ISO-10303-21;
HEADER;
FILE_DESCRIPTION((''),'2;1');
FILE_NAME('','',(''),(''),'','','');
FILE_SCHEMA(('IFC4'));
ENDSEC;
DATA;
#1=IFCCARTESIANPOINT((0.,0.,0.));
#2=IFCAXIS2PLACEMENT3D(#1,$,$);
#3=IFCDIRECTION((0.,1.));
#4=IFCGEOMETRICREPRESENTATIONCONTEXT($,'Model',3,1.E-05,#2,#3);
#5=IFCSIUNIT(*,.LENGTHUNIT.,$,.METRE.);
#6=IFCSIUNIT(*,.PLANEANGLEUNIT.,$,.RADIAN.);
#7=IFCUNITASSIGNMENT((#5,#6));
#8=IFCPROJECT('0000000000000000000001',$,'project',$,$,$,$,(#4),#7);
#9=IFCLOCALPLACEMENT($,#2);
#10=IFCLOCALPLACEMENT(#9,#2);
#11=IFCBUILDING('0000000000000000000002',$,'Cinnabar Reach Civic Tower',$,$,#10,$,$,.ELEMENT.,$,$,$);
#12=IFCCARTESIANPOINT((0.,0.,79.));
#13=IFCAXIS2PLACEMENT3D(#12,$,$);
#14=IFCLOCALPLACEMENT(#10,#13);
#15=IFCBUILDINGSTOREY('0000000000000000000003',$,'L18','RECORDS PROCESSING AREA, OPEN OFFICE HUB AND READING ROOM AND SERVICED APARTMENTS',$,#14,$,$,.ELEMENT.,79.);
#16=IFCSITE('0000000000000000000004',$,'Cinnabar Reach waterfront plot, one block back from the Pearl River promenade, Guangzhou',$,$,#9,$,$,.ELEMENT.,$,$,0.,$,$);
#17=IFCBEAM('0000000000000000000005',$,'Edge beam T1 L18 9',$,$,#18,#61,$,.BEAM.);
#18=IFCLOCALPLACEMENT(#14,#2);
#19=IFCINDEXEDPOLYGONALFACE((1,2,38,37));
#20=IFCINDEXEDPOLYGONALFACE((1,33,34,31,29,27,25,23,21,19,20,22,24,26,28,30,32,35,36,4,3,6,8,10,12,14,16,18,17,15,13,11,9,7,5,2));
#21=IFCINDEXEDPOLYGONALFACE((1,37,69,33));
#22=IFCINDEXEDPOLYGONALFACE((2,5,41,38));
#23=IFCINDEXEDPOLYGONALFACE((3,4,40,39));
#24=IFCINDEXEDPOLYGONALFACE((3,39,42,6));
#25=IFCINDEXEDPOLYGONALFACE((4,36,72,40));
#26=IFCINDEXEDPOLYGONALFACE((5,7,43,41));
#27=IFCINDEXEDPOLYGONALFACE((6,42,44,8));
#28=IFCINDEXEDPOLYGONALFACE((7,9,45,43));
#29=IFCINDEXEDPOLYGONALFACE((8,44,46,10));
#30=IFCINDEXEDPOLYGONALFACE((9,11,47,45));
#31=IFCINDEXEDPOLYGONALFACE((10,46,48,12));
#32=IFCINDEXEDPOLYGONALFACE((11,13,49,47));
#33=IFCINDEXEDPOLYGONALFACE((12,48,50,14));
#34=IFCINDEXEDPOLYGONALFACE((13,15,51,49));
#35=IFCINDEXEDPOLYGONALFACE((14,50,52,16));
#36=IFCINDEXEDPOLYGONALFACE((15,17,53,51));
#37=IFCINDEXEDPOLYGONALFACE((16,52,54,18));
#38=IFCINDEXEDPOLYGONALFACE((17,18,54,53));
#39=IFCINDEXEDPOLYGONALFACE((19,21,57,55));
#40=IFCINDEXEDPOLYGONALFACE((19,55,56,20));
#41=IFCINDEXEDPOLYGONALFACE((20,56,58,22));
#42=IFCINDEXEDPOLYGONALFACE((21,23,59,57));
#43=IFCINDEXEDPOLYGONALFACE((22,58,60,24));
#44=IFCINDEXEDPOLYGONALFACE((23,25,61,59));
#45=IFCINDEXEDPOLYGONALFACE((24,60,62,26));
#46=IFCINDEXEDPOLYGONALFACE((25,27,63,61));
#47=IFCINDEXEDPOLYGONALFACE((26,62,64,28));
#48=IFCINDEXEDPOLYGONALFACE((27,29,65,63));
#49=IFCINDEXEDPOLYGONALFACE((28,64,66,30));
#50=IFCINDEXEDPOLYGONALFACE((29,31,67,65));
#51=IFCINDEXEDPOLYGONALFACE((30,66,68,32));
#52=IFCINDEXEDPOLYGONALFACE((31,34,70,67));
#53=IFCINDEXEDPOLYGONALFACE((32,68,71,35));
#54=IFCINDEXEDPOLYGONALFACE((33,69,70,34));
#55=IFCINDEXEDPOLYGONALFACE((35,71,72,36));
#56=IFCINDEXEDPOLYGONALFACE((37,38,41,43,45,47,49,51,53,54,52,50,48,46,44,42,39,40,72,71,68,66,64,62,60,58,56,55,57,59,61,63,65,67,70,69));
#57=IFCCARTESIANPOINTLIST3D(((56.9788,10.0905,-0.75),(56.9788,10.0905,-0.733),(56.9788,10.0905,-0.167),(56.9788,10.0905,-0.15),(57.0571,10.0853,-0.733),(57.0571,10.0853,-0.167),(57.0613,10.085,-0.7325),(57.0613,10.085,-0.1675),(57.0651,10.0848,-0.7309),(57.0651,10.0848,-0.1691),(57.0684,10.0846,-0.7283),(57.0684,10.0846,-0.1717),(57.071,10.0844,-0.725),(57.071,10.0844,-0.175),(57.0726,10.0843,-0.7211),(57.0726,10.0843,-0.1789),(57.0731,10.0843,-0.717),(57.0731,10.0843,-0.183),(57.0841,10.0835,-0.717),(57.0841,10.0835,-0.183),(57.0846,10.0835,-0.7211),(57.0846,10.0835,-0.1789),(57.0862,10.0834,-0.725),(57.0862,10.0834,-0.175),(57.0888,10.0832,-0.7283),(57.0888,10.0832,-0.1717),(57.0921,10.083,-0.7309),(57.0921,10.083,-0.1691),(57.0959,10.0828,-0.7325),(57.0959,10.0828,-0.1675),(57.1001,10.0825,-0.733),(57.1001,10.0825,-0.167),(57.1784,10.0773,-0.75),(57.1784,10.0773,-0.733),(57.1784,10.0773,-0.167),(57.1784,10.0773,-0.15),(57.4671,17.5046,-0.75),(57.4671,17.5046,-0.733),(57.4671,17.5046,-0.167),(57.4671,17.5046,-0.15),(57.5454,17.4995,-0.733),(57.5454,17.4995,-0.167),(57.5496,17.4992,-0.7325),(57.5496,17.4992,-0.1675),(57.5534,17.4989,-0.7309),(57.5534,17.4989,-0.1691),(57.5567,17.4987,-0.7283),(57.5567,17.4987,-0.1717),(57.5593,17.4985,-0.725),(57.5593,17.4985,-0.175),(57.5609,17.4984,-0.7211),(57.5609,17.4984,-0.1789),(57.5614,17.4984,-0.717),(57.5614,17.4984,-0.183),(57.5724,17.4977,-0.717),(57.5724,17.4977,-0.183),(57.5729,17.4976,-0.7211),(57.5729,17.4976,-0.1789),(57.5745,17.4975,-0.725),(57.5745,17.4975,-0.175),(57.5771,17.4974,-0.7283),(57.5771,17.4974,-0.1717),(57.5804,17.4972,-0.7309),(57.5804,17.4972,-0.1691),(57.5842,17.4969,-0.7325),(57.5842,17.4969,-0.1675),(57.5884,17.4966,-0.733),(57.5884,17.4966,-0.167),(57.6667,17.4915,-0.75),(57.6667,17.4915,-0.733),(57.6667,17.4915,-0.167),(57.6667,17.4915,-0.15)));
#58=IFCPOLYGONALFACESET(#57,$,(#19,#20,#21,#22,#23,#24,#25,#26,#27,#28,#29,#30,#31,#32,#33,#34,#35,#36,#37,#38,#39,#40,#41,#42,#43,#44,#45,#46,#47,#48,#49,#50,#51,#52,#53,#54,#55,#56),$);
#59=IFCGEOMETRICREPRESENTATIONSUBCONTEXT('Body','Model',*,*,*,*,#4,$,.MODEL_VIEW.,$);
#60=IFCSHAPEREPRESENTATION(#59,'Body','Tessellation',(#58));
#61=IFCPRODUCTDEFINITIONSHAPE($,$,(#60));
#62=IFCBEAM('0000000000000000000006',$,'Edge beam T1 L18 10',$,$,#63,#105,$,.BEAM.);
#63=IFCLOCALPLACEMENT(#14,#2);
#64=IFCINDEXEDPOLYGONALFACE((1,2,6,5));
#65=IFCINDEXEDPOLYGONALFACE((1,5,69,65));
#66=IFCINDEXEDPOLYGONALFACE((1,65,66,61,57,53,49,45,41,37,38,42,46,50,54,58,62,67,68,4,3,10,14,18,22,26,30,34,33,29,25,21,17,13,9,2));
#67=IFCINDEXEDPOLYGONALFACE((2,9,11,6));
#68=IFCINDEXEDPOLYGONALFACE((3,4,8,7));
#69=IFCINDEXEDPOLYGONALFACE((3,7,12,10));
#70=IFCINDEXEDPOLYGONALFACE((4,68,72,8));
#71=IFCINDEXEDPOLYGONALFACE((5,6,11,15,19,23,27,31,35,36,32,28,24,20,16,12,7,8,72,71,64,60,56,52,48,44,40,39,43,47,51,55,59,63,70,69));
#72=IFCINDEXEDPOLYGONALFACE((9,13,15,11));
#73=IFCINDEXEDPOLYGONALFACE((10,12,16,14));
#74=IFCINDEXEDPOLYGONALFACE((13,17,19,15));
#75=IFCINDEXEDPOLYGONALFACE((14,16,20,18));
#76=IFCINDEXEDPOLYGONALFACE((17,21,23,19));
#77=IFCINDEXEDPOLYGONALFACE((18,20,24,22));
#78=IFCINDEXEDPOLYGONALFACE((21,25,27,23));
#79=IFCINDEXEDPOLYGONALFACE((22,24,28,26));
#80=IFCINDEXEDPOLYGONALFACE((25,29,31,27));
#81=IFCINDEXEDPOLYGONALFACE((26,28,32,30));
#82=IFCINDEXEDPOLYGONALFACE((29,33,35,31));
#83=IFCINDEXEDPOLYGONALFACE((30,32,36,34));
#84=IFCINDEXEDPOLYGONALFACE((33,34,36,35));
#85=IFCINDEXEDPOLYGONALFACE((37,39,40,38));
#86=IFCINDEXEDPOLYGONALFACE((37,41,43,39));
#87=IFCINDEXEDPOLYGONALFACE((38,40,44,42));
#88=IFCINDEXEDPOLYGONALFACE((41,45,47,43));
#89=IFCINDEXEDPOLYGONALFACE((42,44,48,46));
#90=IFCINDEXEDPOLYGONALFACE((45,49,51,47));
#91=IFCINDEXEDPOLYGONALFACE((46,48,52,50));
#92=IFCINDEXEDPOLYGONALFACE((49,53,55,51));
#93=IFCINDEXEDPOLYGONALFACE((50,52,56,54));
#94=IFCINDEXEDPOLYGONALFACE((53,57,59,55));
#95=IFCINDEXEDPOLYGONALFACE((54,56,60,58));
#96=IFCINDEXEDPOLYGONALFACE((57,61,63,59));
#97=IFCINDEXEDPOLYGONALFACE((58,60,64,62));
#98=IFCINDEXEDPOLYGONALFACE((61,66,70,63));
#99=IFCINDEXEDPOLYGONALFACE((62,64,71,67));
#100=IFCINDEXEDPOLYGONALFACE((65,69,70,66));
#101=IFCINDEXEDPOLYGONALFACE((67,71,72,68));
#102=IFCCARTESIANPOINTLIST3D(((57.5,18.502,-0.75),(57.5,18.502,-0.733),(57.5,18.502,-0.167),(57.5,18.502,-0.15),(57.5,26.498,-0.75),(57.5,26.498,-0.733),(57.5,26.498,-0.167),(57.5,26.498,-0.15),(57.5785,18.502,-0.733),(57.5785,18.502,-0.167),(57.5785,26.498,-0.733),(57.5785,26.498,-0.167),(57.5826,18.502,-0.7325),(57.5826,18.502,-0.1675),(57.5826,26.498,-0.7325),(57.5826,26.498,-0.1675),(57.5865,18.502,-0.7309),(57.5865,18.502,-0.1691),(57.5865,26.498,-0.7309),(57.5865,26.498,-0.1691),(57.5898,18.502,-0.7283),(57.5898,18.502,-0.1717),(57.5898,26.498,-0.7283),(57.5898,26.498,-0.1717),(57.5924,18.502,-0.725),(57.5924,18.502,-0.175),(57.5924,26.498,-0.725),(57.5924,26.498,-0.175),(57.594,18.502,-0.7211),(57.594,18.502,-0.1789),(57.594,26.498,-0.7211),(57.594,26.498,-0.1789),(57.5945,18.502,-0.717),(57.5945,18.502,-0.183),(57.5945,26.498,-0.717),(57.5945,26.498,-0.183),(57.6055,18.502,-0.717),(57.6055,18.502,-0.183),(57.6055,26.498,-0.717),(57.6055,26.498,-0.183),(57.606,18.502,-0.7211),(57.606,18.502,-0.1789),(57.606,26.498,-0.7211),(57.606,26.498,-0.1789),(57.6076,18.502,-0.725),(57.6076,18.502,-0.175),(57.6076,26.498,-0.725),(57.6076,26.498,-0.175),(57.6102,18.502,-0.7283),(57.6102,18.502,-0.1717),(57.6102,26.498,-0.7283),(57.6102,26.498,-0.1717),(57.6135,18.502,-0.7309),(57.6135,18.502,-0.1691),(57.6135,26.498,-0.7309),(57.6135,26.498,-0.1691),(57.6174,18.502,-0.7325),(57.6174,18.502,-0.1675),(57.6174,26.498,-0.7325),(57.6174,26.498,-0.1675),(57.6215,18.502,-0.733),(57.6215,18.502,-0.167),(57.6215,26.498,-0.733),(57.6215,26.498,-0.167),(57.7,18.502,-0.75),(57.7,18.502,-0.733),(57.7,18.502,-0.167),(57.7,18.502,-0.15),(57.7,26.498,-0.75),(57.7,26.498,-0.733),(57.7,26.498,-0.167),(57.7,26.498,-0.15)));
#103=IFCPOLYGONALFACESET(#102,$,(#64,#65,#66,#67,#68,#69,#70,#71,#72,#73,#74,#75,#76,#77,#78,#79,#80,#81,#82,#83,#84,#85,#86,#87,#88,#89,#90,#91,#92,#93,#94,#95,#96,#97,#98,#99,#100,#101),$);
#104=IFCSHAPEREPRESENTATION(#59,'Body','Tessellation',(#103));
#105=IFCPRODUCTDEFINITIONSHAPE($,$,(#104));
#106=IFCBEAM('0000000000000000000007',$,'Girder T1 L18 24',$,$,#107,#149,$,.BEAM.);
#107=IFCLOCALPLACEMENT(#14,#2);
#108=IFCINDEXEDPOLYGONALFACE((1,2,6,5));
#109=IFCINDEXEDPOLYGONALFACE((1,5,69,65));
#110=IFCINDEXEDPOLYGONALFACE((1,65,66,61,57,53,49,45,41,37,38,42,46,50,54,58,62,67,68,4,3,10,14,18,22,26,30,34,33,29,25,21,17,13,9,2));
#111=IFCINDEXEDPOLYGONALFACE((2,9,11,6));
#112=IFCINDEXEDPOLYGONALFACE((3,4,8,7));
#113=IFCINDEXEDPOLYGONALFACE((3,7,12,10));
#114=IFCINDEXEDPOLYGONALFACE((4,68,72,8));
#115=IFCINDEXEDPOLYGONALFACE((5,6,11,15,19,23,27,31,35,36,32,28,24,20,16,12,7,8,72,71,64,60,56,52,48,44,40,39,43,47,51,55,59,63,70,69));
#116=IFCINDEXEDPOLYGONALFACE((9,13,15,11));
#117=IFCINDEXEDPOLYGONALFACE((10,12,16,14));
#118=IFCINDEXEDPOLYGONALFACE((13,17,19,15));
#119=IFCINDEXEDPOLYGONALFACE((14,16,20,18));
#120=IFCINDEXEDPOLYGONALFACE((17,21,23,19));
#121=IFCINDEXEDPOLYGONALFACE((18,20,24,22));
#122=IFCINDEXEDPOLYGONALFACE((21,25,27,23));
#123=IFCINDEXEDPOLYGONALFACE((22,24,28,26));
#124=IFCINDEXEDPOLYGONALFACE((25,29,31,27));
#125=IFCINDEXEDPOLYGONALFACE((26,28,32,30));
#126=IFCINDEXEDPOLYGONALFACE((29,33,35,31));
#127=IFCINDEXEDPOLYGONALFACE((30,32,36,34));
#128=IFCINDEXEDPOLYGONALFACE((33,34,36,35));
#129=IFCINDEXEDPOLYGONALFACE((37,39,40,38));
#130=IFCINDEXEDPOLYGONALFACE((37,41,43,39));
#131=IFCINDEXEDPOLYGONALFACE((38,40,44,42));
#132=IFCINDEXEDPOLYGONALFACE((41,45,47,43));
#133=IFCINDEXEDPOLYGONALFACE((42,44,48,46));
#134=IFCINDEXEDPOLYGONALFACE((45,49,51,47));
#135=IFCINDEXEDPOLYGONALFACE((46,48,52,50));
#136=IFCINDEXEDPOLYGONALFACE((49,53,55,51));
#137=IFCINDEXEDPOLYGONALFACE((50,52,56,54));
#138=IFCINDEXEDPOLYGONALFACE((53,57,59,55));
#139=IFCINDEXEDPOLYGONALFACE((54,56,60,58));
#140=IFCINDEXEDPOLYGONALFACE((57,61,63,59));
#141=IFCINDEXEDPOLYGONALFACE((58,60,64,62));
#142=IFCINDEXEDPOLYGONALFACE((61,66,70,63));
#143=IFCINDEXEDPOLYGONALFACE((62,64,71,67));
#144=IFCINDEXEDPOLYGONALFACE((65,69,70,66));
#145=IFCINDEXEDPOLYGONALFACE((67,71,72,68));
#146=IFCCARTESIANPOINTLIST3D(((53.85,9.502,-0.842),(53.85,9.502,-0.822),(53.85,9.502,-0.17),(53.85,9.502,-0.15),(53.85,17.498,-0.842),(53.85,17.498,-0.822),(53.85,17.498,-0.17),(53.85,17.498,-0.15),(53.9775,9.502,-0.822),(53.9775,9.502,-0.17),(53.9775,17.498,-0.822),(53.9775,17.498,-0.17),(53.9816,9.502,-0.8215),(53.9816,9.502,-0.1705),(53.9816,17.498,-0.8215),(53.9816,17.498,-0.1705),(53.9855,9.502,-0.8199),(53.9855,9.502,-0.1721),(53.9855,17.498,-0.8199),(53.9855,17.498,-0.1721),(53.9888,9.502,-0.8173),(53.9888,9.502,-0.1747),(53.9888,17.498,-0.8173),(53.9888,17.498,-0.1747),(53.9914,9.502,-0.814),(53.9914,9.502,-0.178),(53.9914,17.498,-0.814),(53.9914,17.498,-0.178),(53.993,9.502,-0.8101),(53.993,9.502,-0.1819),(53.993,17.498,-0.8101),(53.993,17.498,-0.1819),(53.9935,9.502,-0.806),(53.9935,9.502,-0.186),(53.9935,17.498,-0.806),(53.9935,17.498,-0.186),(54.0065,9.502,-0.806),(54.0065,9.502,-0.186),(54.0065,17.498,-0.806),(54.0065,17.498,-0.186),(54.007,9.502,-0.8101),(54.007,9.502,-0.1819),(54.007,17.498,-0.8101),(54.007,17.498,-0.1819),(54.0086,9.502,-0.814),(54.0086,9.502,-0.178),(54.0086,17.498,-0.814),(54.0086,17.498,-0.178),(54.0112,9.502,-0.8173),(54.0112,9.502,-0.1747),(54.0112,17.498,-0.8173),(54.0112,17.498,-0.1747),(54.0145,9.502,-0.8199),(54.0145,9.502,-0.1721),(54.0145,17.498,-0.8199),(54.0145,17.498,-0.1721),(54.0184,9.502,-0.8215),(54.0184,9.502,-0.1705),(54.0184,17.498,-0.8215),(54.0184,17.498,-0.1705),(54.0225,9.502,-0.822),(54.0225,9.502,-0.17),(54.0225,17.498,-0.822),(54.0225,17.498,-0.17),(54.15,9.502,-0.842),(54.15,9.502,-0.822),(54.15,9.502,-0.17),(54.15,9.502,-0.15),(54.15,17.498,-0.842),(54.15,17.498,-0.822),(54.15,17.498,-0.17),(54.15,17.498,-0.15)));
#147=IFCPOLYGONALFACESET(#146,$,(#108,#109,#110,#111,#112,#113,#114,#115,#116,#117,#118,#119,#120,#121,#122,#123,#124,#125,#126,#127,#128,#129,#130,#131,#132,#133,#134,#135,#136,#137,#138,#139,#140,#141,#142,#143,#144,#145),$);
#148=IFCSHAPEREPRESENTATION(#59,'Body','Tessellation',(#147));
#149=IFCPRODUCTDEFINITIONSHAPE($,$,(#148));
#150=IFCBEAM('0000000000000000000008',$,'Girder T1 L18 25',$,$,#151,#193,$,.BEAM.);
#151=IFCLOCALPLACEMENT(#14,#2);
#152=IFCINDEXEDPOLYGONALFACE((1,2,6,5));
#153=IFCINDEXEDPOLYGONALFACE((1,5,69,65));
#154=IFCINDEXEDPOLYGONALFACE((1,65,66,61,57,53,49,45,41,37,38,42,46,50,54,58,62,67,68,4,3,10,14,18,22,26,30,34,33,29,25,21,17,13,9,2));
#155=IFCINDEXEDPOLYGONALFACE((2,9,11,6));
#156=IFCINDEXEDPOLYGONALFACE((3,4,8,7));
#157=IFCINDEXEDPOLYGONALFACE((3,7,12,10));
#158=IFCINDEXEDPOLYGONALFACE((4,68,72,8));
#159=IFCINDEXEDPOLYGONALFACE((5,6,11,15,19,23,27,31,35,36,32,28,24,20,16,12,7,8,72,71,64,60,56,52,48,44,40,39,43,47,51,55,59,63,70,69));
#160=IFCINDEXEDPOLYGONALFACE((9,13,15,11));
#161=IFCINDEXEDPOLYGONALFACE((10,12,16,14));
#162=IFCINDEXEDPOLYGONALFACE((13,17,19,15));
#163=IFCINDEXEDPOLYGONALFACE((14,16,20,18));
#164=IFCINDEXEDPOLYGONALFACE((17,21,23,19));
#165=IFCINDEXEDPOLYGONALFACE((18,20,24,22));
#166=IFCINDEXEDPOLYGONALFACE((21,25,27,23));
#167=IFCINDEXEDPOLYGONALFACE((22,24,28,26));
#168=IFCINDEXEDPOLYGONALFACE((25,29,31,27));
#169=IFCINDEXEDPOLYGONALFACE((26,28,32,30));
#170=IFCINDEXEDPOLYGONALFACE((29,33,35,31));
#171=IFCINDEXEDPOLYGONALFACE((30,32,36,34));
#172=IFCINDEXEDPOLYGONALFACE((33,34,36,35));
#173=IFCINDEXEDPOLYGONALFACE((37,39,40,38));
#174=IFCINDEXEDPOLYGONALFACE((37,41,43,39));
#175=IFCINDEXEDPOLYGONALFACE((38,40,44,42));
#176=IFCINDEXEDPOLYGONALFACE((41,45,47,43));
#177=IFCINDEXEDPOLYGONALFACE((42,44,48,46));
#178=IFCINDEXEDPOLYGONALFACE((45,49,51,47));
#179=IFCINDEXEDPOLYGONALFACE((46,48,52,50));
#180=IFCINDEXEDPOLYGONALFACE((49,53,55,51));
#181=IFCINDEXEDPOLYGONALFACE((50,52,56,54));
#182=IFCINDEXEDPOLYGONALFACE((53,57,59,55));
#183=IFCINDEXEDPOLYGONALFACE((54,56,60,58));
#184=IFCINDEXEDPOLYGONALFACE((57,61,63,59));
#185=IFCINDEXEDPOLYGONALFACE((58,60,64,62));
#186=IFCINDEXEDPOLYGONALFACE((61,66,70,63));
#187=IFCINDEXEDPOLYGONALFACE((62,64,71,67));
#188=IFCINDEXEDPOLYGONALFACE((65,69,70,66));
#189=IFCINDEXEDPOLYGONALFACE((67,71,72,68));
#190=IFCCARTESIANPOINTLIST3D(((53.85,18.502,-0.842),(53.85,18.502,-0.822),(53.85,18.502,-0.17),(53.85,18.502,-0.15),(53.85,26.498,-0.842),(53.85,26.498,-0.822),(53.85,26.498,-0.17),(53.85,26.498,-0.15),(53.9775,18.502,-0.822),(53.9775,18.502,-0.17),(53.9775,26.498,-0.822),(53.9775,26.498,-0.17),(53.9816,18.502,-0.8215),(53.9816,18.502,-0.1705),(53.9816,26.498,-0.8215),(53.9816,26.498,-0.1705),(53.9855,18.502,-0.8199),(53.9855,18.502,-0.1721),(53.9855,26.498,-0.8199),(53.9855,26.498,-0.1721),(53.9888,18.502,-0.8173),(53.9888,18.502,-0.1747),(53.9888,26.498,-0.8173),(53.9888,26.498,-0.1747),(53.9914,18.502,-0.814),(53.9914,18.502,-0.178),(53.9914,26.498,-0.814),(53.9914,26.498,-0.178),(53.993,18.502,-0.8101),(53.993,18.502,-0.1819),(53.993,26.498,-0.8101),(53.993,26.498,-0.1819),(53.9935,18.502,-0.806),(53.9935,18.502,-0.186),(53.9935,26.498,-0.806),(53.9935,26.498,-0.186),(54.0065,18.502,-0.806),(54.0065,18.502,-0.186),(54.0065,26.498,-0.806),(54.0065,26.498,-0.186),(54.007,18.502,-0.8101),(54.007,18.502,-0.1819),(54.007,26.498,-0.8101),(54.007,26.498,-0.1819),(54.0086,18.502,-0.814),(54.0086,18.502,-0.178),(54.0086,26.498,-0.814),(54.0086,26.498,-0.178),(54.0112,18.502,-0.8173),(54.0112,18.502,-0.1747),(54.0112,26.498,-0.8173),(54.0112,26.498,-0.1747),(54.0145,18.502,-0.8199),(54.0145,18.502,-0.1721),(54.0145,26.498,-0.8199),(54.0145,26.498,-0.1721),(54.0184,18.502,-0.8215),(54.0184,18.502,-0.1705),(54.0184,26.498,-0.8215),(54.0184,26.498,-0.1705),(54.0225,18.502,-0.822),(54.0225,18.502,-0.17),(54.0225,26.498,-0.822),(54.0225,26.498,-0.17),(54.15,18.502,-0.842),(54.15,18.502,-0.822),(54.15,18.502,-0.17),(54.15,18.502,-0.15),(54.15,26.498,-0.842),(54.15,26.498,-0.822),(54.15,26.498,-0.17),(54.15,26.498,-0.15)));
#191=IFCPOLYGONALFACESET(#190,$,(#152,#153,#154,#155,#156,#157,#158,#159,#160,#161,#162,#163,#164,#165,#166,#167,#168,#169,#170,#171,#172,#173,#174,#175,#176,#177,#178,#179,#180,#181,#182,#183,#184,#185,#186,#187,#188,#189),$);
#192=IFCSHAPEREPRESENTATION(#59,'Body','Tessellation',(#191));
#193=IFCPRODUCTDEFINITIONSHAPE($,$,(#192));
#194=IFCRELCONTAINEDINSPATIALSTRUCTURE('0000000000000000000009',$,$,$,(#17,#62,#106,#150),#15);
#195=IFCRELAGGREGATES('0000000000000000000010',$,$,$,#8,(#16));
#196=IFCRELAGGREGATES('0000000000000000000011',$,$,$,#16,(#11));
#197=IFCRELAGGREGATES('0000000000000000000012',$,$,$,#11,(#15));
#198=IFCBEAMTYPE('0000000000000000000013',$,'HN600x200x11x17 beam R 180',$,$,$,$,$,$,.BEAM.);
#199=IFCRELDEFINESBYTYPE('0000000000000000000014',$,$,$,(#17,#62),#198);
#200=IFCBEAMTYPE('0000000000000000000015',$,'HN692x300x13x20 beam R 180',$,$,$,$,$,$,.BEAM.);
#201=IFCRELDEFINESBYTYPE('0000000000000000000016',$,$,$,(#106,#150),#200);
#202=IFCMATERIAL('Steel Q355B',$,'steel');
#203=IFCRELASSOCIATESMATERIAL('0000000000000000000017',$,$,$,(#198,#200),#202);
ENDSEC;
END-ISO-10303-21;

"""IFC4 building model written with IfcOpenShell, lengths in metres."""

from ifc_helpers import new_model, si_unit, direction, frame, origin, origin_2d, place, context, subcontext, project, spatial, i_section, extrude, material, material_profile, profile_set, type_object, element, save


model = new_model("IFC4")

# Units and contexts
model_context = context("Model", 3, precision=1e-05, world=origin(), true_north=direction((0.0, 1.0)))
body_context = subcontext(model_context, "Body", "Model", "MODEL_VIEW")
ifc_project = project(units=[si_unit("LENGTHUNIT", "METRE"), si_unit("PLANEANGLEUNIT", "RADIAN")], contexts=[model_context])

# Site, building, storey
site_placement = place(None, origin())
site = spatial("IfcSite", under=ifc_project, at=site_placement, Name="Cinnabar Reach waterfront plot, one block back from the Pearl River promenade, Guangzhou", CompositionType="ELEMENT", RefElevation=0.0)
building_placement = place(site_placement, origin())
building = spatial("IfcBuilding", under=site, at=building_placement, Name="Cinnabar Reach Civic Tower", CompositionType="ELEMENT")
storey_placement = place(building_placement, frame((0.0, 0.0, 79.0)))
storey = spatial("IfcBuildingStorey", under=building, at=storey_placement, Name="L18", Description="RECORDS PROCESSING AREA, OPEN OFFICE HUB AND READING ROOM AND SERVICED APARTMENTS", CompositionType="ELEMENT", Elevation=79.0)

# Beams
ifc_material_1 = material(Name="Steel Q355B", Category="steel")
ifc_material_profile_1 = material_profile(ifc_material_1, i_section(OverallWidth=0.2, OverallDepth=0.6, WebThickness=0.011, FlangeThickness=0.017, FilletRadius=0.016, at=origin_2d()), Name="HN600x200x11x17")
ifc_profile_set_1 = profile_set([ifc_material_profile_1], Name="Steel Q355B")
beam_type_1 = type_object("IfcBeamType", Name="HN600x200x11x17 beam R 180", PredefinedType="BEAM", material=ifc_profile_set_1)
beam_1_placement = place(storey_placement, frame((57.0786, 10.0839, -0.45), z_axis=(0.065719, 0.997838, 0.0), x_axis=(-0.997838, 0.065719, 0.0)))
element("IfcBeam", 1, at=beam_1_placement, inside=storey, type_object=beam_type_1, Name="Edge beam T1 L18 9", PredefinedType="BEAM", context=body_context, shape_type="SweptSolid", body=[
    extrude(i_section(OverallWidth=0.2, OverallDepth=0.6, WebThickness=0.011, FlangeThickness=0.017, FilletRadius=0.016, at=origin_2d()), origin(), (0.0, 0.0, 1.0), 7.4302),
])
beam_2_placement = place(storey_placement, frame((57.6, 18.502, -0.45), z_axis=(0.0, 1.0, 0.0), x_axis=(-1.0, 0.0, 0.0)))
element("IfcBeam", 2, at=beam_2_placement, inside=storey, type_object=beam_type_1, Name="Edge beam T1 L18 10", PredefinedType="BEAM", context=body_context, shape_type="SweptSolid", body=[
    extrude(i_section(OverallWidth=0.2, OverallDepth=0.6, WebThickness=0.011, FlangeThickness=0.017, FilletRadius=0.016, at=origin_2d()), origin(), (0.0, 0.0, 1.0), 7.996),
])
ifc_material_profile_2 = material_profile(ifc_material_1, i_section(OverallWidth=0.3, OverallDepth=0.692, WebThickness=0.013, FlangeThickness=0.02, FilletRadius=0.016, at=origin_2d()), Name="HN692x300x13x20")
ifc_profile_set_2 = profile_set([ifc_material_profile_2], Name="Steel Q355B")
beam_type_2 = type_object("IfcBeamType", Name="HN692x300x13x20 beam R 180", PredefinedType="BEAM", material=ifc_profile_set_2)
for number, where, z_axis, x_axis, name in (
    (3, (54.0, 9.502, -0.496), (0.0, 1.0, 0.0), (-1.0, 0.0, 0.0), "Girder T1 L18 24"),
    (4, (54.0, 18.502, -0.496), (0.0, 1.0, 0.0), (-1.0, 0.0, 0.0), "Girder T1 L18 25"),
):
    element("IfcBeam", number, at=place(storey_placement, frame(where, z_axis=z_axis, x_axis=x_axis)), inside=storey, type_object=beam_type_2, Name=name, PredefinedType="BEAM", context=body_context, shape_type="SweptSolid", body=[
        extrude(i_section(OverallWidth=0.3, OverallDepth=0.692, WebThickness=0.013, FlangeThickness=0.02, FilletRadius=0.016, at=origin_2d()), origin(), (0.0, 0.0, 1.0), 7.996),
    ])

save(model, "model.ifc")
